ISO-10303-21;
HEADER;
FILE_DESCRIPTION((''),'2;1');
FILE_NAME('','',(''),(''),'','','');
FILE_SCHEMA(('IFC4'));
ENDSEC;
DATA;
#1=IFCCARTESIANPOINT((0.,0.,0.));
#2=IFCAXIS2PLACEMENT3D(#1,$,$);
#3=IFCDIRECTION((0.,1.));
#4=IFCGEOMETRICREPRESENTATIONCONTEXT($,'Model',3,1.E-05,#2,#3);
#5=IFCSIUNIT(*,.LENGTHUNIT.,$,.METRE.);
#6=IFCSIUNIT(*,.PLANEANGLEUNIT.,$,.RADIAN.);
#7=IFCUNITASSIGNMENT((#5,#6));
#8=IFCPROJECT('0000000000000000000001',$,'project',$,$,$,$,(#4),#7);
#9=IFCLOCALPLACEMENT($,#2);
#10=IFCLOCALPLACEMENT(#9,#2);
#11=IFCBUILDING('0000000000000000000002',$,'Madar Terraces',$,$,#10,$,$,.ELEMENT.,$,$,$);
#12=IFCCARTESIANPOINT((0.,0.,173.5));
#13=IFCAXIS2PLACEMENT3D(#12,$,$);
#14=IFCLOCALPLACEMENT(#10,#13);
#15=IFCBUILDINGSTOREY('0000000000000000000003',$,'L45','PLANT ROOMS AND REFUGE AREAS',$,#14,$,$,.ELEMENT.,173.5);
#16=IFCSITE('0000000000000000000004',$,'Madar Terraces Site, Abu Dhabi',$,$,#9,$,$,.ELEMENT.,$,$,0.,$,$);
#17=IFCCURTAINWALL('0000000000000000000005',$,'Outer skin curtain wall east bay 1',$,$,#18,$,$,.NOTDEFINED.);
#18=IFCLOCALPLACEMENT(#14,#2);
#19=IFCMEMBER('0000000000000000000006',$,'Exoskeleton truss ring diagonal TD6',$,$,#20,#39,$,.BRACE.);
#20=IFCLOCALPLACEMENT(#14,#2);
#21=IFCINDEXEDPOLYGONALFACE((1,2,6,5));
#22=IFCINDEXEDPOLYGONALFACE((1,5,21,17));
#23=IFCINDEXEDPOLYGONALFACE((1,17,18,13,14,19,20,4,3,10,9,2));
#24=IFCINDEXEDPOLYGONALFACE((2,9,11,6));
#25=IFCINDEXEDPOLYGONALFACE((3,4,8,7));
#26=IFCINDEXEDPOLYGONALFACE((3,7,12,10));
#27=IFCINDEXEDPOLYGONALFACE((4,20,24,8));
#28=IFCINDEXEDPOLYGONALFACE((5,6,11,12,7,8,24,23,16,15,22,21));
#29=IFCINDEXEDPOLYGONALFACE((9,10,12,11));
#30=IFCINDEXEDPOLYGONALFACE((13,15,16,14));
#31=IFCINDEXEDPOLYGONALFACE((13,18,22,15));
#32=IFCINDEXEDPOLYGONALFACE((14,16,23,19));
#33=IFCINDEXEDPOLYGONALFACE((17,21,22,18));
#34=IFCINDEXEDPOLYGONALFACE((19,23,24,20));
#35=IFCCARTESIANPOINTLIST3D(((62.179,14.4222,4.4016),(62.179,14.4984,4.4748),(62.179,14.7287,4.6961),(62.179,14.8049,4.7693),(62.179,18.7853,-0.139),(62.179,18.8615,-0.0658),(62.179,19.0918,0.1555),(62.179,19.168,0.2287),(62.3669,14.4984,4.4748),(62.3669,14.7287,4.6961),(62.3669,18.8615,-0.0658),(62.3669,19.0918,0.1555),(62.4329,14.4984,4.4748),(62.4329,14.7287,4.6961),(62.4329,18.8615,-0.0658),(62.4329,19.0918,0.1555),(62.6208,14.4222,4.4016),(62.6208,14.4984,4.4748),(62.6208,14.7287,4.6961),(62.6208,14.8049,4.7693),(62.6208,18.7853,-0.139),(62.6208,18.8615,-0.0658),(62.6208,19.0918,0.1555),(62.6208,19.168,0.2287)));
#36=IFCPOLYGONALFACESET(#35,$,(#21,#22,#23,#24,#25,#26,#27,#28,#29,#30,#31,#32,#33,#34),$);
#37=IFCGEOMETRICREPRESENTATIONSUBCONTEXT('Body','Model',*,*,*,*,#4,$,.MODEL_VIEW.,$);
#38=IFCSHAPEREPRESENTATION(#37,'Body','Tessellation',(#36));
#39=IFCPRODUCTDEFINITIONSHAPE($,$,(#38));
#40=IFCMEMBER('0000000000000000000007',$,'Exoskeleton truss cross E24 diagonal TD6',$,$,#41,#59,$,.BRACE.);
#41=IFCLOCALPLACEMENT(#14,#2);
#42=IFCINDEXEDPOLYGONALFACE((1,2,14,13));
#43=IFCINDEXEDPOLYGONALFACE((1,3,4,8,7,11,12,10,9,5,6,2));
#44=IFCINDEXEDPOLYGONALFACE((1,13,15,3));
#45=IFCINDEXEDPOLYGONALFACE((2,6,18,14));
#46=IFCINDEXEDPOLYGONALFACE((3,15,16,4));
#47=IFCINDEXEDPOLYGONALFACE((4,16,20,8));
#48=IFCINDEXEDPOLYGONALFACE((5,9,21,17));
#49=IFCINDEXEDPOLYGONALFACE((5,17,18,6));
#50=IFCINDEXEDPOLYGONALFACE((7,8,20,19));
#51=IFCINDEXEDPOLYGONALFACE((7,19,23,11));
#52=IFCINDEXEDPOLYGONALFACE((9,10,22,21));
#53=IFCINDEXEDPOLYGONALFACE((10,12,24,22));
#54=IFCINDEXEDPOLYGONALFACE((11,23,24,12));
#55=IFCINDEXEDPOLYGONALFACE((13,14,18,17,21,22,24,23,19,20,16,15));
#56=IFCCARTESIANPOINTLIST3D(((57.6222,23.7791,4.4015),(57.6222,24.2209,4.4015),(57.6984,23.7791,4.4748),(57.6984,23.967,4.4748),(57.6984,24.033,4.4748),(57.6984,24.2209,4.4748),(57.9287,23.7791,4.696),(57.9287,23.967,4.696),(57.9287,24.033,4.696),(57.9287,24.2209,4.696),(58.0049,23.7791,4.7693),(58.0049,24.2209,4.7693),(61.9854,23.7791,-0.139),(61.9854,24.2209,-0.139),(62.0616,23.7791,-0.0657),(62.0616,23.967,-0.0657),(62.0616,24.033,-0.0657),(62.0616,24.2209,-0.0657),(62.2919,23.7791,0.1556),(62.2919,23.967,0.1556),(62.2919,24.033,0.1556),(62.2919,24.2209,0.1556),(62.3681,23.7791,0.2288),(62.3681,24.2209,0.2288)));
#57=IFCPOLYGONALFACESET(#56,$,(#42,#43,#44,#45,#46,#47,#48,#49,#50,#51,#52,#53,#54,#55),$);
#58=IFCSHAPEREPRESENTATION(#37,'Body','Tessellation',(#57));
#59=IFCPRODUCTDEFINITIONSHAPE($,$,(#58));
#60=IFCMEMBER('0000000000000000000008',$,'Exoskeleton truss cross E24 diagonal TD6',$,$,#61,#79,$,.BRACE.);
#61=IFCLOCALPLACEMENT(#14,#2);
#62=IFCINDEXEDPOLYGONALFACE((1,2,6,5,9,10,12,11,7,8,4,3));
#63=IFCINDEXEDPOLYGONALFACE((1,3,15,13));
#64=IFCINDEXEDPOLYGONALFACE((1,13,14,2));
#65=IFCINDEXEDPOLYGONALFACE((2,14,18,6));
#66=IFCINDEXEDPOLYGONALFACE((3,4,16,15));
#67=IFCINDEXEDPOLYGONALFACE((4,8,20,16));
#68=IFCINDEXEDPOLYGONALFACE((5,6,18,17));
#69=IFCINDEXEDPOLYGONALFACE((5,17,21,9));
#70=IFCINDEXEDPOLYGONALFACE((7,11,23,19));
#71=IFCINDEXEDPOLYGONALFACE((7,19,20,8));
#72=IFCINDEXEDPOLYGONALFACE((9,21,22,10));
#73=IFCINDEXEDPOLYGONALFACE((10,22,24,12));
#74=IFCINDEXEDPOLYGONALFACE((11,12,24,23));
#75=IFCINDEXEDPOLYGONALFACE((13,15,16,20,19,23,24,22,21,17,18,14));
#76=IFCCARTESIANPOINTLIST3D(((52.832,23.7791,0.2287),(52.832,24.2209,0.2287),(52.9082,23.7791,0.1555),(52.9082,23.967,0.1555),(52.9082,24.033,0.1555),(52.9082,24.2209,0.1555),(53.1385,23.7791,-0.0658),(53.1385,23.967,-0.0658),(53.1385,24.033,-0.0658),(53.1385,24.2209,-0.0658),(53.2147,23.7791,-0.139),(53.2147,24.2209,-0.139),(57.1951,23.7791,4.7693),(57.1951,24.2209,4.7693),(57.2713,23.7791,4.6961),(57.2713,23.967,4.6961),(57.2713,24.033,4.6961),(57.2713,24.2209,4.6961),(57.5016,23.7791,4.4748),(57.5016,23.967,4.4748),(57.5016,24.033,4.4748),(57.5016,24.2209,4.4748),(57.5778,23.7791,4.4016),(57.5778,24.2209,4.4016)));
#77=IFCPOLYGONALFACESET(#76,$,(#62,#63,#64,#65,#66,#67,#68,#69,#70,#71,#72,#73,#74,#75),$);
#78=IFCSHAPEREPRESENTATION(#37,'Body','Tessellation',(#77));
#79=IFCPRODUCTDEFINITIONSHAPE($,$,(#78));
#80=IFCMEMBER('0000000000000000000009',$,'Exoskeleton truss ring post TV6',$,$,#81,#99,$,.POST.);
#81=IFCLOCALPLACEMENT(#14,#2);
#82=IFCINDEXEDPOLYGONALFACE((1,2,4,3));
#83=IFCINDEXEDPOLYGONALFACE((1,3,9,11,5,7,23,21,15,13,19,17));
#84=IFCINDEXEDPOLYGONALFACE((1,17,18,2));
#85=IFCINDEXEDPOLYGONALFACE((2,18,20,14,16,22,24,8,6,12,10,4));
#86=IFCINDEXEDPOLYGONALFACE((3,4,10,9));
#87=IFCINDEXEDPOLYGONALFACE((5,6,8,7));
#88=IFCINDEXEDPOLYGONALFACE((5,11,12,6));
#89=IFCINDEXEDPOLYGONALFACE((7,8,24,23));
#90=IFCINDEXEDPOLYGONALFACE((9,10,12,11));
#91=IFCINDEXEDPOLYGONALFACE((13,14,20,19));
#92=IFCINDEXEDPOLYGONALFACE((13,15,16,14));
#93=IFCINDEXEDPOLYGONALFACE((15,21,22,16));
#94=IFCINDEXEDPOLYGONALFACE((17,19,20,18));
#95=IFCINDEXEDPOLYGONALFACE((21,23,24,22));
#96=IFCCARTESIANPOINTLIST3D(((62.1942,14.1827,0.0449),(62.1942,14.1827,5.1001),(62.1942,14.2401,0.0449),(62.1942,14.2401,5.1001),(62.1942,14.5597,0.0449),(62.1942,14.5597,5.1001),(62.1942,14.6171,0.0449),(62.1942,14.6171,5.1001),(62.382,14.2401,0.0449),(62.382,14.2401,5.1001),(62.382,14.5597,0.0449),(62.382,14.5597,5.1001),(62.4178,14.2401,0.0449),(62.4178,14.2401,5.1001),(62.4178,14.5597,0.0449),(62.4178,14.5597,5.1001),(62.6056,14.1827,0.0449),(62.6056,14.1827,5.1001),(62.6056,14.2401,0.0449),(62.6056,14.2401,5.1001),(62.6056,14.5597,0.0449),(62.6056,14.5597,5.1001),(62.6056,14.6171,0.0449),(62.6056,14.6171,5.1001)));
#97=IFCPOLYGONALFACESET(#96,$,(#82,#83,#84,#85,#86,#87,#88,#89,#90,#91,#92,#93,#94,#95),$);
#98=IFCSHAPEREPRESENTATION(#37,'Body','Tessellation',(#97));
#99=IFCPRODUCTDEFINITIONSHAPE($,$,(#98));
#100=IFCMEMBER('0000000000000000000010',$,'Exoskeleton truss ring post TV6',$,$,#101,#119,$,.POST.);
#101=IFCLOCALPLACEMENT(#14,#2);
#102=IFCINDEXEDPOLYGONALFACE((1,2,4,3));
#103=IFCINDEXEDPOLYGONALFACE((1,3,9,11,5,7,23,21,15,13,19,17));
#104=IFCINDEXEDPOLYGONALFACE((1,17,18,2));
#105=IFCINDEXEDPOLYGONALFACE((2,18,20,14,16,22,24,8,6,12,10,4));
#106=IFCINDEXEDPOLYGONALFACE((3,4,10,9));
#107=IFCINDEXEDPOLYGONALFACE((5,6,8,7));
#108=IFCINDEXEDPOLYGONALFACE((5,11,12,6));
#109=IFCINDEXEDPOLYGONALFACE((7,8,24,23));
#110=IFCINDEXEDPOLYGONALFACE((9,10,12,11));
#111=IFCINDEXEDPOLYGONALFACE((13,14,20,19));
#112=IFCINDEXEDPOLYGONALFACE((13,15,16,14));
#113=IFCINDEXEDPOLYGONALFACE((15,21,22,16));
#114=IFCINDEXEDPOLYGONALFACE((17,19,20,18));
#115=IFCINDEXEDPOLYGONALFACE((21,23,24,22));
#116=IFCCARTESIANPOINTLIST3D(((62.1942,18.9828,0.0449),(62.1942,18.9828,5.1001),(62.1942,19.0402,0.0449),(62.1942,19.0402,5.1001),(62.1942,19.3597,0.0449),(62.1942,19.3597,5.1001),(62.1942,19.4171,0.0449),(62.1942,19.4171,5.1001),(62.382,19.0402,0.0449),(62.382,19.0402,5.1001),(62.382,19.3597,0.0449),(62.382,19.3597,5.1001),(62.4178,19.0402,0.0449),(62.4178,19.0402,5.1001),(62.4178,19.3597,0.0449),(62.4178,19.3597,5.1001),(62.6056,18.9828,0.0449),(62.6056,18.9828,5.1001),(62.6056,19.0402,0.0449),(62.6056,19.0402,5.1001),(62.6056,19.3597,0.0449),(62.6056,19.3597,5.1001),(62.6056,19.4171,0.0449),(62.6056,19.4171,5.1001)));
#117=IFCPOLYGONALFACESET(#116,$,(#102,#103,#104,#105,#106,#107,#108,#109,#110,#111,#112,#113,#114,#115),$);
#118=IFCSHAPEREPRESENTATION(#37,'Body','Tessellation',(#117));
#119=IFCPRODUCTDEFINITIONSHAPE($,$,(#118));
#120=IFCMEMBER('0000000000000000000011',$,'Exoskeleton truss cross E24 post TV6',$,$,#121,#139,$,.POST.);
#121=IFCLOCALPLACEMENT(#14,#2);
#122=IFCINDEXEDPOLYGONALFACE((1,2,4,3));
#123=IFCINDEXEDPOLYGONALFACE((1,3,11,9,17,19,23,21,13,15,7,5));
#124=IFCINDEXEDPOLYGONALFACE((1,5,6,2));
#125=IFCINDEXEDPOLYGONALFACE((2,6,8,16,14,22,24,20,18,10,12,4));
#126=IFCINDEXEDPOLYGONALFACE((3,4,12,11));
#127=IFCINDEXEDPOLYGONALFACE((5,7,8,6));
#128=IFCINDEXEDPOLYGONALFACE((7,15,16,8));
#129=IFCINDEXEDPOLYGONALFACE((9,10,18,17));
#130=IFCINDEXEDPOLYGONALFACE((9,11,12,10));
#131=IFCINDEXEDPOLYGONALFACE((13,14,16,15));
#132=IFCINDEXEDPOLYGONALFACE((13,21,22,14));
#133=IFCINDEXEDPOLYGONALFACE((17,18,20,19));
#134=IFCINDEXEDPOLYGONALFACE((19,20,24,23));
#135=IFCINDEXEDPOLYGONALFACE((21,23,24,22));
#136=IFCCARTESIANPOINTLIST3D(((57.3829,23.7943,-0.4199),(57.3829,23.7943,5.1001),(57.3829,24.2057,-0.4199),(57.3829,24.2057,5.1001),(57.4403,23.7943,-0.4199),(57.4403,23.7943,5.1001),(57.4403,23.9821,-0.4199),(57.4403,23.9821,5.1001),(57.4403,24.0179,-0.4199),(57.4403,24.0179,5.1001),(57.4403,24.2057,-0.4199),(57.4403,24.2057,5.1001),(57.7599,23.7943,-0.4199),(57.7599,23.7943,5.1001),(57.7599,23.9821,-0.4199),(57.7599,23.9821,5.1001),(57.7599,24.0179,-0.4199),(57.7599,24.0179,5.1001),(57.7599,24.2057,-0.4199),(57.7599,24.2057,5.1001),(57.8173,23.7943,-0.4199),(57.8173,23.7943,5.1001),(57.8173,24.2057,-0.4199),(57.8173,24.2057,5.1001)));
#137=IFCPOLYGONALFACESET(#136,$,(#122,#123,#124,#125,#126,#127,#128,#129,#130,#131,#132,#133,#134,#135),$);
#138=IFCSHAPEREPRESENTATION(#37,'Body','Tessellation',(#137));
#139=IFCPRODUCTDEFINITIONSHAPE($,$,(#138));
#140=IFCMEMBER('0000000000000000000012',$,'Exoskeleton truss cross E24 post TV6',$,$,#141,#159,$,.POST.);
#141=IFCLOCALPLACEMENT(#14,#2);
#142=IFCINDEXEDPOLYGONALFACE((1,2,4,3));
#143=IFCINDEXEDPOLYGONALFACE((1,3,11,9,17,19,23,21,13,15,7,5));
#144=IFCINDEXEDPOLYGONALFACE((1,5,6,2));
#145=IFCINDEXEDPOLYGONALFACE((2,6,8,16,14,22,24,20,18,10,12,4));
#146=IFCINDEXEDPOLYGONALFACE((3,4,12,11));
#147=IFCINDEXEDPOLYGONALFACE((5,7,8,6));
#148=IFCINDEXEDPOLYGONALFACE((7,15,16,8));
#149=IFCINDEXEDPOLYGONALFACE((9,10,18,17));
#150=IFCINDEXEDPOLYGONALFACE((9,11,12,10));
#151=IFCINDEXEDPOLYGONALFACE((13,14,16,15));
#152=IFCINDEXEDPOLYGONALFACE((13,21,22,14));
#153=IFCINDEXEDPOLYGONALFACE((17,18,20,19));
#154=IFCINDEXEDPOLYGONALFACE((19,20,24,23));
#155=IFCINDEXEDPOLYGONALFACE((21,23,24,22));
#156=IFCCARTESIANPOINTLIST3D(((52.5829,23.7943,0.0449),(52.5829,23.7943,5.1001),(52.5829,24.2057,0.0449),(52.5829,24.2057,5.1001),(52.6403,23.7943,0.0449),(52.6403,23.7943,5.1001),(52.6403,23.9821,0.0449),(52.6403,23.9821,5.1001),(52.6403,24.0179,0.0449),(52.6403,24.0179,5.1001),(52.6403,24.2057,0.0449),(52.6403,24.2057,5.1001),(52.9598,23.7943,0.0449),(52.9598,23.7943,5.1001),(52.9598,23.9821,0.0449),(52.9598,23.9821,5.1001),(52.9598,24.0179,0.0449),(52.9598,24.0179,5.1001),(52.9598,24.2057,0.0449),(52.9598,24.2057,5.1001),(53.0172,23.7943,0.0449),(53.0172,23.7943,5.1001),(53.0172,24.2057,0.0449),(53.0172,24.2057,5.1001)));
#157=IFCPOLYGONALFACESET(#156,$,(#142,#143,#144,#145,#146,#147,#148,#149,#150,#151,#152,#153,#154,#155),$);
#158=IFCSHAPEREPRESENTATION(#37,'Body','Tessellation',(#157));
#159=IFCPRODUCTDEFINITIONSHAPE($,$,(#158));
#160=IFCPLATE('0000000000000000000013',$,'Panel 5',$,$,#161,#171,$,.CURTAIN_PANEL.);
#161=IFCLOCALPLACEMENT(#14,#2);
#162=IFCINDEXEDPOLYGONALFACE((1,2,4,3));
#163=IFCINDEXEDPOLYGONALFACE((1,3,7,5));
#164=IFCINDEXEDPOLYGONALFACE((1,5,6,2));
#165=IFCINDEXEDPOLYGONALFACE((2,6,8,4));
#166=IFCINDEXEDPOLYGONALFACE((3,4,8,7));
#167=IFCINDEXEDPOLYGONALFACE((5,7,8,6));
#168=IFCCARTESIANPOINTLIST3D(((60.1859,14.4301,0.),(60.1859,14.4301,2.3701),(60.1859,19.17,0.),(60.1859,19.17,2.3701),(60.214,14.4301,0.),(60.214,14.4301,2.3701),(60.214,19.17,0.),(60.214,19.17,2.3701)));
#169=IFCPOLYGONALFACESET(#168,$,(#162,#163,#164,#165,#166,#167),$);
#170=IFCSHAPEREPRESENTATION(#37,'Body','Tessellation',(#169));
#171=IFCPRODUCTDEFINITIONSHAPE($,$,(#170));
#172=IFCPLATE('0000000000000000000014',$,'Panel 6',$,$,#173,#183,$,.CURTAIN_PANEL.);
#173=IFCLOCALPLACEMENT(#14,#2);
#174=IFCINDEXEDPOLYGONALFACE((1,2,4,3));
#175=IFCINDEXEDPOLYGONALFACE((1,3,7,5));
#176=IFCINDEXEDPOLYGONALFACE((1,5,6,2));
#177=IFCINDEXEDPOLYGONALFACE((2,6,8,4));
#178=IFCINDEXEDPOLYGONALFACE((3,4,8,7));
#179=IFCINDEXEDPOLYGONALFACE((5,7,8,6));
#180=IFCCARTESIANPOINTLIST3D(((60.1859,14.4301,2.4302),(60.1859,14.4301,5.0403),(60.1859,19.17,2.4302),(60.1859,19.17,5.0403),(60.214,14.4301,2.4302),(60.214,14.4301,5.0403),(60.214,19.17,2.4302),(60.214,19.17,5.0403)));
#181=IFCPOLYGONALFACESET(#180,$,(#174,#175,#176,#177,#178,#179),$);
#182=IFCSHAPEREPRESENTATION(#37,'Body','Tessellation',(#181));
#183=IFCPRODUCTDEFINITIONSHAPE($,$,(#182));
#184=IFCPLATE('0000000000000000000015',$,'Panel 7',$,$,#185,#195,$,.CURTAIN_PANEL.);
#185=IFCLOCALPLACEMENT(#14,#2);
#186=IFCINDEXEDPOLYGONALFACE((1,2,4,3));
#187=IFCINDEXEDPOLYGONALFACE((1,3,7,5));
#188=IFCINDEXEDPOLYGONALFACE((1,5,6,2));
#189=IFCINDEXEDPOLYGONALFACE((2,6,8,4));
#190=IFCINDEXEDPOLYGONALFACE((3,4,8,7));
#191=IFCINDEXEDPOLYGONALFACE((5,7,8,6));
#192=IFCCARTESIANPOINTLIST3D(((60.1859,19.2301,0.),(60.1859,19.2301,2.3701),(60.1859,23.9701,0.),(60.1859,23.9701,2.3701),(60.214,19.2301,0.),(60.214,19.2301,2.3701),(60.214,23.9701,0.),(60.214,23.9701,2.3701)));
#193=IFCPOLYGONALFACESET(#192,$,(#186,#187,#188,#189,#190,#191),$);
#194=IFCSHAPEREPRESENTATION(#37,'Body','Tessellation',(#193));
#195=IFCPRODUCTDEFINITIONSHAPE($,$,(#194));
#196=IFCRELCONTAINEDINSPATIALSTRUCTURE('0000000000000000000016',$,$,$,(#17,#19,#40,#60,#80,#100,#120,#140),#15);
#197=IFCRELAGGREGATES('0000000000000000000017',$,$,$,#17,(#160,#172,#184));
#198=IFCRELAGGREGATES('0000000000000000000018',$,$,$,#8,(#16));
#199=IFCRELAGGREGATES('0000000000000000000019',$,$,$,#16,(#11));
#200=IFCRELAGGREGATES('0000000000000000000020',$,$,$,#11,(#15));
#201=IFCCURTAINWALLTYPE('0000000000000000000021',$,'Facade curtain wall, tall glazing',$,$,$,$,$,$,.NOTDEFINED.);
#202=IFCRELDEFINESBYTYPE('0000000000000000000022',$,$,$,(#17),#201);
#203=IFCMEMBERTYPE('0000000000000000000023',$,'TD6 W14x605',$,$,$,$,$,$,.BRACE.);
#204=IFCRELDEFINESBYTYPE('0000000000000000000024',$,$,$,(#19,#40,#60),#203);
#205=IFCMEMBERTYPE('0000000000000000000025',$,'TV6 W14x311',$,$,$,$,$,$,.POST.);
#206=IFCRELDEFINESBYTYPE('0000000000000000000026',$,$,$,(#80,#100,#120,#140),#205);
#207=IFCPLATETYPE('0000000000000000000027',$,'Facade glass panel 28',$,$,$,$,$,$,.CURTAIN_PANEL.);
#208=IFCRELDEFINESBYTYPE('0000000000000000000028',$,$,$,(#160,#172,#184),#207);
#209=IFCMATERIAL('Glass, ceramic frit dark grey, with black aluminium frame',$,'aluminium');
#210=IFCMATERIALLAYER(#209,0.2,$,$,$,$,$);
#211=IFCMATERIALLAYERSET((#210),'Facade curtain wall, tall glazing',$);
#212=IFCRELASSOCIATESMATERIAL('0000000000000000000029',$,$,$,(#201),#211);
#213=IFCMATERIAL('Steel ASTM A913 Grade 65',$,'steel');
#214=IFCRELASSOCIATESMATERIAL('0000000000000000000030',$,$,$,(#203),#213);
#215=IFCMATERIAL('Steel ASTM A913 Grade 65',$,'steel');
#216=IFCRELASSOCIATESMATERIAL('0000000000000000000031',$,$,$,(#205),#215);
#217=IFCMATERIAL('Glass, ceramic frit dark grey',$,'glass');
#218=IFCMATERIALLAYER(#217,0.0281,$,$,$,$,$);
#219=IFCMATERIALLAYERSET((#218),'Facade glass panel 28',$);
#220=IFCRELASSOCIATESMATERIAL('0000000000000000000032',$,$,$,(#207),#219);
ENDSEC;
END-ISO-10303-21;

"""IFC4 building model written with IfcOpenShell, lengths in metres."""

from ifc_helpers import new_model, si_unit, direction, frame, origin, origin_2d, place, context, subcontext, project, spatial, rectangle, i_section, extrude, material, layer, layer_set, material_profile, profile_set, type_object, element, aggregate, save


model = new_model("IFC4")

# Units and contexts
model_context = context("Model", 3, precision=1e-05, world=origin(), true_north=direction((0.0, 1.0)))
body_context = subcontext(model_context, "Body", "Model", "MODEL_VIEW")
ifc_project = project(units=[si_unit("LENGTHUNIT", "METRE"), si_unit("PLANEANGLEUNIT", "RADIAN")], contexts=[model_context])

# Site, building, storey
site_placement = place(None, origin())
site = spatial("IfcSite", under=ifc_project, at=site_placement, Name="Madar Terraces Site, Abu Dhabi", CompositionType="ELEMENT", RefElevation=0.0)
building_placement = place(site_placement, origin())
building = spatial("IfcBuilding", under=site, at=building_placement, Name="Madar Terraces", CompositionType="ELEMENT")
storey_placement = place(building_placement, frame((0.0, 0.0, 173.5)))
storey = spatial("IfcBuildingStorey", under=building, at=storey_placement, Name="L45", Description="PLANT ROOMS AND REFUGE AREAS", CompositionType="ELEMENT", Elevation=173.5)

# Curtain wall
ifc_material_1 = material(Name="Glass, ceramic frit dark grey, with black aluminium frame", Category="aluminium")
ifc_layer_1 = layer(ifc_material_1, 0.2)
ifc_layer_set_1 = layer_set([ifc_layer_1], Name="Facade curtain wall, tall glazing")
curtain_wall_type = type_object("IfcCurtainWallType", Name="Facade curtain wall, tall glazing", PredefinedType="NOTDEFINED", material=ifc_layer_set_1)
curtain_wall_placement = place(storey_placement, origin())
curtain_wall = element("IfcCurtainWall", 1, at=curtain_wall_placement, inside=storey, type_object=curtain_wall_type, Name="Outer skin curtain wall east bay 1", PredefinedType="NOTDEFINED")

# Members
ifc_material_2 = material(Name="Steel ASTM A913 Grade 65", Category="steel")
ifc_material_profile_1 = material_profile(ifc_material_2, i_section(OverallWidth=0.4419, OverallDepth=0.5308, WebThickness=0.0659, FlangeThickness=0.1057, at=origin_2d()), Name="W14x605")
ifc_profile_set_1 = profile_set([ifc_material_profile_1], Name="Steel ASTM A913 Grade 65")
member_type_1 = type_object("IfcMemberType", Name="TD6 W14x605", PredefinedType="BRACE", material=ifc_profile_set_1)
for number, where, z_axis, x_axis, name in (
    (2, (62.3999, 14.6135, 4.5854), (0.0, 0.692873, -0.72106), (-1.0, 0.0, 0.0), "Exoskeleton truss ring diagonal TD6"),
    (3, (62.1768, 24.0, 0.0449), (-0.692893, 0.0, 0.72104), (0.0, -1.0, 0.0), "Exoskeleton truss cross E24 diagonal TD6"),
    (4, (57.3865, 24.0, 4.5854), (-0.692873, 0.0, -0.72106), (0.0, -1.0, 0.0), "Exoskeleton truss cross E24 diagonal TD6"),
):
    element("IfcMember", number, at=place(storey_placement, frame(where, z_axis=z_axis, x_axis=x_axis)), inside=storey, type_object=member_type_1, Name=name, PredefinedType="BRACE", context=body_context, shape_type="SweptSolid", body=[
        extrude(i_section(OverallWidth=0.4419, OverallDepth=0.5308, WebThickness=0.0659, FlangeThickness=0.1057, at=origin_2d()), origin(), (0.0, 0.0, 1.0), 6.2971),
    ])
ifc_material_3 = material(Name="Steel ASTM A913 Grade 65", Category="steel")
ifc_material_profile_2 = material_profile(ifc_material_3, i_section(OverallWidth=0.4114, OverallDepth=0.4343, WebThickness=0.0359, FlangeThickness=0.0574, at=origin_2d()), Name="W14x311")
ifc_profile_set_2 = profile_set([ifc_material_profile_2], Name="Steel ASTM A913 Grade 65")
member_type_2 = type_object("IfcMemberType", Name="TV6 W14x311", PredefinedType="POST", material=ifc_profile_set_2)
for number, where, z_axis, x_axis, name in (
    (5, (62.3999, 14.3999, 0.0449), (0.0, 0.0, 1.0), (-1.0, 0.0, 0.0), "Exoskeleton truss ring post TV6"),
    (6, (62.3999, 19.2, 0.0449), (0.0, 0.0, 1.0), (-1.0, 0.0, 0.0), "Exoskeleton truss ring post TV6"),
):
    element("IfcMember", number, at=place(storey_placement, frame(where, z_axis=z_axis, x_axis=x_axis)), inside=storey, type_object=member_type_2, Name=name, PredefinedType="POST", context=body_context, shape_type="SweptSolid", body=[
        extrude(i_section(OverallWidth=0.4114, OverallDepth=0.4343, WebThickness=0.0359, FlangeThickness=0.0574, at=origin_2d()), origin(), (0.0, 0.0, 1.0), 5.0552),
    ])
member_1_placement = place(storey_placement, frame((57.6001, 24.0, -0.4199), z_axis=(0.0, 0.0, 1.0), x_axis=(0.0, 1.0, 0.0)))
element("IfcMember", 7, at=member_1_placement, inside=storey, type_object=member_type_2, Name="Exoskeleton truss cross E24 post TV6", PredefinedType="POST", context=body_context, shape_type="SweptSolid", body=[
    extrude(i_section(OverallWidth=0.4114, OverallDepth=0.4343, WebThickness=0.0359, FlangeThickness=0.0574, at=origin_2d()), origin(), (0.0, 0.0, 1.0), 5.52),
])
member_2_placement = place(storey_placement, frame((52.8, 24.0, 0.0449), z_axis=(0.0, 0.0, 1.0), x_axis=(0.0, 1.0, 0.0)))
element("IfcMember", 8, at=member_2_placement, inside=storey, type_object=member_type_2, Name="Exoskeleton truss cross E24 post TV6", PredefinedType="POST", context=body_context, shape_type="SweptSolid", body=[
    extrude(i_section(OverallWidth=0.4114, OverallDepth=0.4343, WebThickness=0.0359, FlangeThickness=0.0574, at=origin_2d()), origin(), (0.0, 0.0, 1.0), 5.0552),
])

# Plates
ifc_material_4 = material(Name="Glass, ceramic frit dark grey", Category="glass")
ifc_layer_2 = layer(ifc_material_4, 0.0281)
ifc_layer_set_2 = layer_set([ifc_layer_2], Name="Facade glass panel 28")
plate_type = type_object("IfcPlateType", Name="Facade glass panel 28", PredefinedType="CURTAIN_PANEL", material=ifc_layer_set_2)
plate_1_placement = place(storey_placement, frame((60.2, 16.8, 0.0), z_axis=(0.0, 0.0, 1.0), x_axis=(0.0, 1.0, 0.0)))
plate_1 = element("IfcPlate", 9, at=plate_1_placement, type_object=plate_type, Name="Panel 5", PredefinedType="CURTAIN_PANEL", context=body_context, shape_type="SweptSolid", body=[
    extrude(rectangle(XDim=4.74, YDim=0.0281, at=origin_2d()), origin(), (0.0, 0.0, 1.0), 2.3701),
])
plate_2_placement = place(storey_placement, frame((60.2, 16.8, 2.4302), z_axis=(0.0, 0.0, 1.0), x_axis=(0.0, 1.0, 0.0)))
plate_2 = element("IfcPlate", 10, at=plate_2_placement, type_object=plate_type, Name="Panel 6", PredefinedType="CURTAIN_PANEL", context=body_context, shape_type="SweptSolid", body=[
    extrude(rectangle(XDim=4.74, YDim=0.0281, at=origin_2d()), origin(), (0.0, 0.0, 1.0), 2.6101),
])
plate_3_placement = place(storey_placement, frame((60.2, 21.6001, 0.0), z_axis=(0.0, 0.0, 1.0), x_axis=(0.0, 1.0, 0.0)))
plate_3 = element("IfcPlate", 11, at=plate_3_placement, type_object=plate_type, Name="Panel 7", PredefinedType="CURTAIN_PANEL", context=body_context, shape_type="SweptSolid", body=[
    extrude(rectangle(XDim=4.74, YDim=0.0281, at=origin_2d()), origin(), (0.0, 0.0, 1.0), 2.3701),
])
aggregate(curtain_wall, [plate_1, plate_2, plate_3])

save(model, "model.ifc")
